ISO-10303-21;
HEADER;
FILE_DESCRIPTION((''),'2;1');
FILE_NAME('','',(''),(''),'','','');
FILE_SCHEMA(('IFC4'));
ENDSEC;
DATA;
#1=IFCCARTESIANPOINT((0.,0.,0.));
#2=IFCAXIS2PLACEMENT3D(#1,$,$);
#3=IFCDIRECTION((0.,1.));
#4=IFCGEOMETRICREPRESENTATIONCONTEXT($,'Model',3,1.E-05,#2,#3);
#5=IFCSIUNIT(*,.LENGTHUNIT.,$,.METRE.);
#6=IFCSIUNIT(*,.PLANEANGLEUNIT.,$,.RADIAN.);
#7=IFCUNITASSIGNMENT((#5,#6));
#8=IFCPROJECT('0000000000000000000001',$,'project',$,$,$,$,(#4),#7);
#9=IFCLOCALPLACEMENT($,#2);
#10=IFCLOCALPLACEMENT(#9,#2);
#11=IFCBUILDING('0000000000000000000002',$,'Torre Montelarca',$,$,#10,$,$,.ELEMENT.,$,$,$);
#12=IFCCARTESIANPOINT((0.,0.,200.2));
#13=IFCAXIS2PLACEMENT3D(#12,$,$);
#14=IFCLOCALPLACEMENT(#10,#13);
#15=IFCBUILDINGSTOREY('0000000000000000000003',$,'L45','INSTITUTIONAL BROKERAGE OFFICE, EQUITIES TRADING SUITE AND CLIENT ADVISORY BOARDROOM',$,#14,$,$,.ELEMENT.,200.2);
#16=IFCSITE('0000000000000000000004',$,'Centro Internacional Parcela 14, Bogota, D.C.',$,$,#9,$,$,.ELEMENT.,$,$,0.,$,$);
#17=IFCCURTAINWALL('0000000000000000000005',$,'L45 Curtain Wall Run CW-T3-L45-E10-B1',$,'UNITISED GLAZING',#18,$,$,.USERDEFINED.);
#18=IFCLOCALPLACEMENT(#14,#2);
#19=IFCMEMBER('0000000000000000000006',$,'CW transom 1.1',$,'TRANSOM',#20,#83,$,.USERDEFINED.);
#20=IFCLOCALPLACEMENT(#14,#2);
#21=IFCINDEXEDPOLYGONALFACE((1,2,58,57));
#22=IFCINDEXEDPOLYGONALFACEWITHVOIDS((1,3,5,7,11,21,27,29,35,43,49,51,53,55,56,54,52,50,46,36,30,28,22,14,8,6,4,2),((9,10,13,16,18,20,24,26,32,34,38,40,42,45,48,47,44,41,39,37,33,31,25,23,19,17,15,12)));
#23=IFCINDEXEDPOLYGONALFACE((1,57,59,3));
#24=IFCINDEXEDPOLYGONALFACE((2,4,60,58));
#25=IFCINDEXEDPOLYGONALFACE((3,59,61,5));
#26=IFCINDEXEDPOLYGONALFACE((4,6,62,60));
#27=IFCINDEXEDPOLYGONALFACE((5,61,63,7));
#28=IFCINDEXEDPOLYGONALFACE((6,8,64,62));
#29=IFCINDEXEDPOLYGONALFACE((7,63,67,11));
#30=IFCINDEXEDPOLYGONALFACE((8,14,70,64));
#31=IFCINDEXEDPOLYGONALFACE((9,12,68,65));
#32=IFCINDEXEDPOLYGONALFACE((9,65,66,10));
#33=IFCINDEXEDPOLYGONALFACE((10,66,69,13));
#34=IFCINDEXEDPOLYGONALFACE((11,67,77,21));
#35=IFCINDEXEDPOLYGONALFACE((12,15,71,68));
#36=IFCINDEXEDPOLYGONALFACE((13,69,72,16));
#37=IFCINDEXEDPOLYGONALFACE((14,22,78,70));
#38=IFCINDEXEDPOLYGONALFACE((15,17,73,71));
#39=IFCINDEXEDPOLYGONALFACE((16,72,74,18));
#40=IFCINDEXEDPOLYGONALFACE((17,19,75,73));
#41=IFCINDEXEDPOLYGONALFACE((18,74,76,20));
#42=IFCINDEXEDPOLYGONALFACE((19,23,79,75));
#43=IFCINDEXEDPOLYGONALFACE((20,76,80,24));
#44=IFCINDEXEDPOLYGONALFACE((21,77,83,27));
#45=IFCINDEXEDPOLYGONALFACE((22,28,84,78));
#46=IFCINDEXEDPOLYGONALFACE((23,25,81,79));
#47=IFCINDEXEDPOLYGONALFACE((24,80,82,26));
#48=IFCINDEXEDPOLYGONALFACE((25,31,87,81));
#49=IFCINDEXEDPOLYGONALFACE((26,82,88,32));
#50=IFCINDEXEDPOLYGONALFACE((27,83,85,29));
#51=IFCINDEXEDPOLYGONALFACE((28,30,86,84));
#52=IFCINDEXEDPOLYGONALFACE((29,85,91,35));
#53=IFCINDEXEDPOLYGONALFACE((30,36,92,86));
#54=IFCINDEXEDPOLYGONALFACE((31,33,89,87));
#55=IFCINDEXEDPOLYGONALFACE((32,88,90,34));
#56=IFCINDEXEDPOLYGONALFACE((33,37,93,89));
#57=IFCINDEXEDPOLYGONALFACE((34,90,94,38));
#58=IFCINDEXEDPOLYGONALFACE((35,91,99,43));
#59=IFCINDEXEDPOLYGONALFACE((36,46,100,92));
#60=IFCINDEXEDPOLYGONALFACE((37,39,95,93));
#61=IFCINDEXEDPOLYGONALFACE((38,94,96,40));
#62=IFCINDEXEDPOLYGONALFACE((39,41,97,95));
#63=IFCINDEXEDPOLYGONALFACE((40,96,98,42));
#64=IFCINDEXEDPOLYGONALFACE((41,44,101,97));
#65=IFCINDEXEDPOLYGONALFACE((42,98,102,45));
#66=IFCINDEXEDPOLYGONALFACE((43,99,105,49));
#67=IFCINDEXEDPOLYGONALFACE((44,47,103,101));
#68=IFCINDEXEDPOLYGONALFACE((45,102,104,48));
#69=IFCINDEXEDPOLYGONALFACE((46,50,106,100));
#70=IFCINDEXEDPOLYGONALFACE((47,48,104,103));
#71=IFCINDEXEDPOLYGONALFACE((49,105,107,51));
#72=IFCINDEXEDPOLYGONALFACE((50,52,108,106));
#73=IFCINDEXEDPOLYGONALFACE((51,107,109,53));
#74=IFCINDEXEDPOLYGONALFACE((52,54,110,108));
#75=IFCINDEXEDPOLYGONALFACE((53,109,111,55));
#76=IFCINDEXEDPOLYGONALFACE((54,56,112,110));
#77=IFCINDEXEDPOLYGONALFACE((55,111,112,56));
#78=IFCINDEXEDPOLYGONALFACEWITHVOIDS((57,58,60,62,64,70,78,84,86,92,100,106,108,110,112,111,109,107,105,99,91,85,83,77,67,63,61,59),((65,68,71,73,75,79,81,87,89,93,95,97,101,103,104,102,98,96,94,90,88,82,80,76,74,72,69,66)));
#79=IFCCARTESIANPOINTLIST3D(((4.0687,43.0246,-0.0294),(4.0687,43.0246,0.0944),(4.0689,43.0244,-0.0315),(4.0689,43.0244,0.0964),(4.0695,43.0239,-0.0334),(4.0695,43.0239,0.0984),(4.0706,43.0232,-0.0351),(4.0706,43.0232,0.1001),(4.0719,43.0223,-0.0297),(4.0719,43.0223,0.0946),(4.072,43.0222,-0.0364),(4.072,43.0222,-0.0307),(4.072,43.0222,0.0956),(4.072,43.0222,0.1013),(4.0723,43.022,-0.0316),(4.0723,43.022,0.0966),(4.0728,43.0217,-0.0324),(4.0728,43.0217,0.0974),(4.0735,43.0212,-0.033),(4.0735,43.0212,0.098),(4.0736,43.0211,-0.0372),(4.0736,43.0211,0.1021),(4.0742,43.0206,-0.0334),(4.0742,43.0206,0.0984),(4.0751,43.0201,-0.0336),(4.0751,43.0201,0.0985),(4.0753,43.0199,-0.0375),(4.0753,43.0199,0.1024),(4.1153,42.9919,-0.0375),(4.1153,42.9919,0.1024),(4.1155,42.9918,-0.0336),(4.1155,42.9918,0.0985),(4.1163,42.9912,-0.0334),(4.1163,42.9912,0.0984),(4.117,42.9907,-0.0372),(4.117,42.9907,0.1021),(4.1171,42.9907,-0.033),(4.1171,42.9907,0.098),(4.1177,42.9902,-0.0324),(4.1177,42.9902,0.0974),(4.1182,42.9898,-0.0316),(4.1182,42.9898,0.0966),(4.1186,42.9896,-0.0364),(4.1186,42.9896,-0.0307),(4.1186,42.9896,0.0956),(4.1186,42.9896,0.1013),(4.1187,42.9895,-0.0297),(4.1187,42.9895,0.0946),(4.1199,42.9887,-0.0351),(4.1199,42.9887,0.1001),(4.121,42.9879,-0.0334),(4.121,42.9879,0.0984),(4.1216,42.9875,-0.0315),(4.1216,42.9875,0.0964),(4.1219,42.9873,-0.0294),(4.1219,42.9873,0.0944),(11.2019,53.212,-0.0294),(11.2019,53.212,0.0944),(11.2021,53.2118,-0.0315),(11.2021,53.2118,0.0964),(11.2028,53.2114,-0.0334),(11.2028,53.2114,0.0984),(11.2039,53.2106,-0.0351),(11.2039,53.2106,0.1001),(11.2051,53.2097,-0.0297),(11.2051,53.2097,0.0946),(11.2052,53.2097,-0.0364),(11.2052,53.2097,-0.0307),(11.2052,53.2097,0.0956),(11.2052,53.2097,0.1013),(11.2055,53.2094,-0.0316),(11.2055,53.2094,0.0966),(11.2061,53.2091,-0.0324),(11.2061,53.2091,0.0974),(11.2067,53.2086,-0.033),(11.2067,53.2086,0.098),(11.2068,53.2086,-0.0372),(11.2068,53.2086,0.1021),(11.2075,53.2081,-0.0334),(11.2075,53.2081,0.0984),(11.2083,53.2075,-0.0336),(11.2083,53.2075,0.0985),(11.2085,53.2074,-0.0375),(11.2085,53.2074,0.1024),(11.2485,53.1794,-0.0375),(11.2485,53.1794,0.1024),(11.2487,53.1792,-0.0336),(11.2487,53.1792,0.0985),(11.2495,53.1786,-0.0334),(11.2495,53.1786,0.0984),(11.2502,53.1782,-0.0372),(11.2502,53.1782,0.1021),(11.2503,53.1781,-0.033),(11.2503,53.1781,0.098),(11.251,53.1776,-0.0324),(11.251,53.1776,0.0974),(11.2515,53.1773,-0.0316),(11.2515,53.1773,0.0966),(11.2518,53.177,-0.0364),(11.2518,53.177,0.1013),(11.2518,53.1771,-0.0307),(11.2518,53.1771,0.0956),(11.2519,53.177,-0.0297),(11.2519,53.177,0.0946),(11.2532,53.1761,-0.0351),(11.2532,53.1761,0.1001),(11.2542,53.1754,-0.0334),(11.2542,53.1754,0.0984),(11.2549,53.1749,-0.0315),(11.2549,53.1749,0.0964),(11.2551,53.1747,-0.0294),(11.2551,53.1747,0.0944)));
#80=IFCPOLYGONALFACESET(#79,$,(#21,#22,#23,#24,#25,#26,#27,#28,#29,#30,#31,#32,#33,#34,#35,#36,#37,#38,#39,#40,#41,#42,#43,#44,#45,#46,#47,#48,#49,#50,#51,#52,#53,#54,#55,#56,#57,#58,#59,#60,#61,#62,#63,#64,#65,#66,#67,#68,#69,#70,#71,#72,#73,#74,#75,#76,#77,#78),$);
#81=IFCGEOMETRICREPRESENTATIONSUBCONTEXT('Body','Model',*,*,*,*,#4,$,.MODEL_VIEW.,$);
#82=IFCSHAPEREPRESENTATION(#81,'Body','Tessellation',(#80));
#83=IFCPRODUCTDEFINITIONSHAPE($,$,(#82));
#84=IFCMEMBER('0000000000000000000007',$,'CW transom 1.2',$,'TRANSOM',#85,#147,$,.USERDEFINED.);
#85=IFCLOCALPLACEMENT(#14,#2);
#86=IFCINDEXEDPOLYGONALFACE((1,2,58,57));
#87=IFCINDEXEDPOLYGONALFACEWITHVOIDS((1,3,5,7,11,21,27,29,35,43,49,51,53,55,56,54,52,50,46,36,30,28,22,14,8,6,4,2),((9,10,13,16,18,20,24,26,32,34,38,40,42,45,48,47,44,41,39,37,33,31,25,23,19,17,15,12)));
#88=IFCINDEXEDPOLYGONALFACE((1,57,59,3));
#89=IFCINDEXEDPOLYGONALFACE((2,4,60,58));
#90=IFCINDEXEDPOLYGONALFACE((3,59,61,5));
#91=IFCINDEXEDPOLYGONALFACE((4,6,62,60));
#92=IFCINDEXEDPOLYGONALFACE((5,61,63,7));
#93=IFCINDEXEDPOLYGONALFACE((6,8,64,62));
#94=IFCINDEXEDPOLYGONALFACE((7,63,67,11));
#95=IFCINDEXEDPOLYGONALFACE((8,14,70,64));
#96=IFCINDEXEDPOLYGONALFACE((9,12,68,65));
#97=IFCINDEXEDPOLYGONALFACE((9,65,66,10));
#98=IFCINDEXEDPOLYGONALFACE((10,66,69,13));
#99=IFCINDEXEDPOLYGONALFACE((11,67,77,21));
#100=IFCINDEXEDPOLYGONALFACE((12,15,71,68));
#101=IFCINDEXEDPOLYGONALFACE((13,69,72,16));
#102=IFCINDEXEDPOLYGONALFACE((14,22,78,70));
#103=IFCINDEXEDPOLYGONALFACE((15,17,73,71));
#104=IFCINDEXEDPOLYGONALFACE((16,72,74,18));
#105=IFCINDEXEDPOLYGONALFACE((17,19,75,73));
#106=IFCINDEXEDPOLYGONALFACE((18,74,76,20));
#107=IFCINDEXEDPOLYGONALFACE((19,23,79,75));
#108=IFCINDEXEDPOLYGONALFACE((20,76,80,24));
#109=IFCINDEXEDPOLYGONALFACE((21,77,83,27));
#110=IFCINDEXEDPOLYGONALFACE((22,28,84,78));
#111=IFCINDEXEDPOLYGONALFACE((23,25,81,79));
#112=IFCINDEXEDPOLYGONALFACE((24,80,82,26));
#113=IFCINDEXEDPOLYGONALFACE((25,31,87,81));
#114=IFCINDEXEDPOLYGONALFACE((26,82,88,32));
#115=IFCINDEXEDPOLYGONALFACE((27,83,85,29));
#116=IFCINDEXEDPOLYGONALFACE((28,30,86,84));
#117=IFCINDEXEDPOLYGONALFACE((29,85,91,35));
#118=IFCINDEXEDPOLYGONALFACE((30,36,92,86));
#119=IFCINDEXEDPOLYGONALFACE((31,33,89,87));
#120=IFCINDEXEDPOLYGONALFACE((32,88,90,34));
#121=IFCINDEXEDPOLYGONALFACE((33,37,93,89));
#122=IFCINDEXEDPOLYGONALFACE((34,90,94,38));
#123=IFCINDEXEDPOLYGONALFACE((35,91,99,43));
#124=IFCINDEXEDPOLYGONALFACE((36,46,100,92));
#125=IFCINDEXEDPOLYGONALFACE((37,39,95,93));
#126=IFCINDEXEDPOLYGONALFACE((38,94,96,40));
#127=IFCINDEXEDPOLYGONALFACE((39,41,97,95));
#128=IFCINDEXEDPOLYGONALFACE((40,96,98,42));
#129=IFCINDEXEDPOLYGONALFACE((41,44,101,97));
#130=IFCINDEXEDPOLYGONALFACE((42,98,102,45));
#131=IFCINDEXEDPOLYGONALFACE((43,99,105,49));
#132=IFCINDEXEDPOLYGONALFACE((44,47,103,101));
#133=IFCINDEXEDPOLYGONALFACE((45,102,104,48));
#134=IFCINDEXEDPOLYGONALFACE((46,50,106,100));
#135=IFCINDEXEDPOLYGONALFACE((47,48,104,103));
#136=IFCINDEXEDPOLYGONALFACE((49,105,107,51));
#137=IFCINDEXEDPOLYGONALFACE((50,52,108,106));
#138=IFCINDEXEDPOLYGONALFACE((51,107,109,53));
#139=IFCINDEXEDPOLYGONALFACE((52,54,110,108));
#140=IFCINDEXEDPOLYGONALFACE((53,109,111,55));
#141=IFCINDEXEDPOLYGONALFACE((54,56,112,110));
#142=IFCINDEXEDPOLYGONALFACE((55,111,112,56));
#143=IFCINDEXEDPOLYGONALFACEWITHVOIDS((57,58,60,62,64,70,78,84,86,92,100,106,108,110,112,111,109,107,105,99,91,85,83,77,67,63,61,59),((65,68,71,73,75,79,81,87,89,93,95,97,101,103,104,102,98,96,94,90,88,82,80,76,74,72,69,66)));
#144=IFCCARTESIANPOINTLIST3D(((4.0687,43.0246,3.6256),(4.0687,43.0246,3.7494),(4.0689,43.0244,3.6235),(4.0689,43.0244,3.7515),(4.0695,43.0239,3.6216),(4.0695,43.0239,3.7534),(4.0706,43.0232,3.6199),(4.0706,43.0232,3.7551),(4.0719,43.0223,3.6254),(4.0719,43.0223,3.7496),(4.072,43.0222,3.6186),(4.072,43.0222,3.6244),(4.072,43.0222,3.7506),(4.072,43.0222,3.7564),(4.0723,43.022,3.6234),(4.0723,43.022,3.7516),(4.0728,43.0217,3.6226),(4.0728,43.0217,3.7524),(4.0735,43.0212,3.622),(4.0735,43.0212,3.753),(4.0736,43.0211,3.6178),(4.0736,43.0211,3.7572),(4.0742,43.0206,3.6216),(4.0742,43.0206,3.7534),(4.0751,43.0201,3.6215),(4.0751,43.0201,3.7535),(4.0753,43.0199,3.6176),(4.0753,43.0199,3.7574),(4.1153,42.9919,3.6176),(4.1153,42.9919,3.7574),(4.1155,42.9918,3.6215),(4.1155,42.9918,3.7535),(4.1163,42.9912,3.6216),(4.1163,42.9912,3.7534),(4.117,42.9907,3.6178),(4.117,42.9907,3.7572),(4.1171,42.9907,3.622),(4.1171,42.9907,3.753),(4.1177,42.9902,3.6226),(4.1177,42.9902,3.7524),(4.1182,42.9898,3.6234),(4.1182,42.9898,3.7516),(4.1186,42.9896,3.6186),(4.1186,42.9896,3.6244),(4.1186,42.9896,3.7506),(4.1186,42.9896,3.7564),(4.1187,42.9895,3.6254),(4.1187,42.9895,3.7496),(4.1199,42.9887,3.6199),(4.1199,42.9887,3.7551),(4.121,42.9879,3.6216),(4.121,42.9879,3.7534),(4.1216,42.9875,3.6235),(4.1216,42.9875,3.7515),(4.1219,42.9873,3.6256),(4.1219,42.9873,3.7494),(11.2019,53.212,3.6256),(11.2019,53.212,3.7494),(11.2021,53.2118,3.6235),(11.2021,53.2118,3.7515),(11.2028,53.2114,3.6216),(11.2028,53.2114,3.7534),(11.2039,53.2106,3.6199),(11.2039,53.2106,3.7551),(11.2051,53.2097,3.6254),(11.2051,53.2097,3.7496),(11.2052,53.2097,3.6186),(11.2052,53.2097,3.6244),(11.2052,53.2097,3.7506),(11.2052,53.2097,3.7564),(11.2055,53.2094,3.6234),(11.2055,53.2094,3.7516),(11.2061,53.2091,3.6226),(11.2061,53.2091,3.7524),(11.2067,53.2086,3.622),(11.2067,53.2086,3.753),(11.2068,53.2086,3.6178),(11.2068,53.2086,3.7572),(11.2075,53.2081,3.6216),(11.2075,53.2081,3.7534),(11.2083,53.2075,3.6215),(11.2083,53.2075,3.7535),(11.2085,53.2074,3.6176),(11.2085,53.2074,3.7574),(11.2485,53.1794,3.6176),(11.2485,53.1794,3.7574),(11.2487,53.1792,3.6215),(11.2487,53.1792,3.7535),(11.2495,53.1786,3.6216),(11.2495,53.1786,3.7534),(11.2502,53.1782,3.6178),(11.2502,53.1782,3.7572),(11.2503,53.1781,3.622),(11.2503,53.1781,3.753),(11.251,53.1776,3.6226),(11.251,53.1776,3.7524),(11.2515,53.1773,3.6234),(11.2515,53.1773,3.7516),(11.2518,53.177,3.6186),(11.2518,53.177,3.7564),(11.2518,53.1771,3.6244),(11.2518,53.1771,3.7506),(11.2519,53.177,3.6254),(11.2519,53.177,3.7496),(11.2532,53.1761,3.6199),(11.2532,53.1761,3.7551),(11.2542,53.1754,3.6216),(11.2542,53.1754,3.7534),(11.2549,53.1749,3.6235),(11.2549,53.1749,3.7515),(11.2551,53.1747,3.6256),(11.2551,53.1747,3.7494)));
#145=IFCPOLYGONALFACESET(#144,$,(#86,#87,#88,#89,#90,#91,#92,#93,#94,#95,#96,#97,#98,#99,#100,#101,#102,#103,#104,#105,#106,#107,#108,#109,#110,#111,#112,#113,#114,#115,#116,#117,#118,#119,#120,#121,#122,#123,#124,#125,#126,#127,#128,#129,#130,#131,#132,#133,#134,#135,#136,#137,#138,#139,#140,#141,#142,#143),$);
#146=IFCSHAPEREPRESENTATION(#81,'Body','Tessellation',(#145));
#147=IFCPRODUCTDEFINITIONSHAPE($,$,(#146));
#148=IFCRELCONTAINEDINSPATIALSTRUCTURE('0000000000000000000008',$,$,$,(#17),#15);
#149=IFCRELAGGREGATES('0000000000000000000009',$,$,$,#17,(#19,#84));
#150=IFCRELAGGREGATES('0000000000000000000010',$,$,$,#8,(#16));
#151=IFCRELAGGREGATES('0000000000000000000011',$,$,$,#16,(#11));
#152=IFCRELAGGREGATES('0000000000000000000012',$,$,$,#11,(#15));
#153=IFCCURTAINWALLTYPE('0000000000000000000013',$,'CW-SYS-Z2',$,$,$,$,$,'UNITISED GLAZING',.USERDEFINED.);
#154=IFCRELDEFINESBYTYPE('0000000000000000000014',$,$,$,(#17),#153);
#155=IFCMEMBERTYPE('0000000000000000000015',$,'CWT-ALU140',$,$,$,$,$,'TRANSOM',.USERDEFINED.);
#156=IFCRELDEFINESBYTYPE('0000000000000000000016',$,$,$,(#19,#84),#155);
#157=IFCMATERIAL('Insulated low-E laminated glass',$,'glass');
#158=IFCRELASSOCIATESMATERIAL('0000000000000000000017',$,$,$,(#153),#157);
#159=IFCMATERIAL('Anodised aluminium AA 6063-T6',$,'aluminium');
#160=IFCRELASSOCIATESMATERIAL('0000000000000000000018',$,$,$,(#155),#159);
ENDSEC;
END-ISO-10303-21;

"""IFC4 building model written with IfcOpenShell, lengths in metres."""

from ifc_helpers import new_model, si_unit, direction, frame, origin, origin_2d, place, context, subcontext, project, spatial, hollow_rectangle, extrude, source, transform, mapped, material, material_profile, profile_set, type_object, element, aggregate, save


model = new_model("IFC4")

# Units and contexts
model_context = context("Model", 3, precision=1e-05, world=origin(), true_north=direction((0.0, 1.0)))
body_context = subcontext(model_context, "Body", "Model", "MODEL_VIEW")
ifc_project = project(units=[si_unit("LENGTHUNIT", "METRE"), si_unit("PLANEANGLEUNIT", "RADIAN")], contexts=[model_context])

# Site, building, storey
site_placement = place(None, origin())
site = spatial("IfcSite", under=ifc_project, at=site_placement, Name="Centro Internacional Parcela 14, Bogota, D.C.", CompositionType="ELEMENT", RefElevation=0.0)
building_placement = place(site_placement, origin())
building = spatial("IfcBuilding", under=site, at=building_placement, Name="Torre Montelarca", CompositionType="ELEMENT")
storey_placement = place(building_placement, frame((0.0, 0.0, 200.2)))
storey = spatial("IfcBuildingStorey", under=building, at=storey_placement, Name="L45", Description="INSTITUTIONAL BROKERAGE OFFICE, EQUITIES TRADING SUITE AND CLIENT ADVISORY BOARDROOM", CompositionType="ELEMENT", Elevation=200.2)

# Curtain wall, members
ifc_material_1 = material(Name="Insulated low-E laminated glass", Category="glass")
curtain_wall_type = type_object("IfcCurtainWallType", Name="CW-SYS-Z2", ElementType="UNITISED GLAZING", PredefinedType="USERDEFINED", material=ifc_material_1)
ifc_material_2 = material(Name="Anodised aluminium AA 6063-T6", Category="aluminium")
ifc_material_profile_1 = material_profile(ifc_material_2, hollow_rectangle(XDim=0.0649, YDim=0.1399, WallThickness=0.0039, InnerFilletRadius=0.0039, OuterFilletRadius=0.0081, at=origin_2d()), Name="ALU65X140X4", Category="aluminium")
ifc_profile_set_1 = profile_set([ifc_material_profile_1], Name="Anodised aluminium AA 6063-T6")
member_type_1 = type_object("IfcMemberType", Name="CWT-ALU140", ElementType="TRANSOM", PredefinedType="USERDEFINED", material=ifc_profile_set_1)
curtain_wall_1_placement = place(storey_placement, origin())
curtain_wall_1 = element("IfcCurtainWall", 1, at=curtain_wall_1_placement, inside=storey, type_object=curtain_wall_type, Name="L45 Curtain Wall Run CW-T3-L45-E10-B1", ObjectType="UNITISED GLAZING", PredefinedType="USERDEFINED")
shared_shape_1 = source(origin(), body_context, "Body", "SweptSolid", [
    extrude(hollow_rectangle(XDim=0.0649, YDim=0.1399, WallThickness=0.0039, InnerFilletRadius=0.0039, OuterFilletRadius=0.0081, at=origin_2d()), origin(), (0.0, 0.0, 1.0), 12.4365),
])
member_1_placement = place(storey_placement, frame((11.2285, 53.1934, 0.0325), z_axis=(-0.573573, -0.819154, 0.0), x_axis=(0.819154, -0.573573, 0.0)))
member_1 = element("IfcMember", 2, at=member_1_placement, type_object=member_type_1, Name="CW transom 1.1", ObjectType="TRANSOM", PredefinedType="USERDEFINED", context=body_context, shape_type="MappedRepresentation", body=[
    mapped(shared_shape_1, transform((0.0, 0.0, 0.0), scale=1.0)),
])
member_2_placement = place(storey_placement, frame((11.2285, 53.1934, 3.6875), z_axis=(-0.573573, -0.819154, 0.0), x_axis=(0.819154, -0.573573, 0.0)))
member_2 = element("IfcMember", 3, at=member_2_placement, type_object=member_type_1, Name="CW transom 1.2", ObjectType="TRANSOM", PredefinedType="USERDEFINED", context=body_context, shape_type="MappedRepresentation", body=[
    mapped(shared_shape_1, transform((0.0, 0.0, 0.0), scale=1.0)),
])

aggregate(curtain_wall_1, [member_1, member_2])

save(model, "model.ifc")
